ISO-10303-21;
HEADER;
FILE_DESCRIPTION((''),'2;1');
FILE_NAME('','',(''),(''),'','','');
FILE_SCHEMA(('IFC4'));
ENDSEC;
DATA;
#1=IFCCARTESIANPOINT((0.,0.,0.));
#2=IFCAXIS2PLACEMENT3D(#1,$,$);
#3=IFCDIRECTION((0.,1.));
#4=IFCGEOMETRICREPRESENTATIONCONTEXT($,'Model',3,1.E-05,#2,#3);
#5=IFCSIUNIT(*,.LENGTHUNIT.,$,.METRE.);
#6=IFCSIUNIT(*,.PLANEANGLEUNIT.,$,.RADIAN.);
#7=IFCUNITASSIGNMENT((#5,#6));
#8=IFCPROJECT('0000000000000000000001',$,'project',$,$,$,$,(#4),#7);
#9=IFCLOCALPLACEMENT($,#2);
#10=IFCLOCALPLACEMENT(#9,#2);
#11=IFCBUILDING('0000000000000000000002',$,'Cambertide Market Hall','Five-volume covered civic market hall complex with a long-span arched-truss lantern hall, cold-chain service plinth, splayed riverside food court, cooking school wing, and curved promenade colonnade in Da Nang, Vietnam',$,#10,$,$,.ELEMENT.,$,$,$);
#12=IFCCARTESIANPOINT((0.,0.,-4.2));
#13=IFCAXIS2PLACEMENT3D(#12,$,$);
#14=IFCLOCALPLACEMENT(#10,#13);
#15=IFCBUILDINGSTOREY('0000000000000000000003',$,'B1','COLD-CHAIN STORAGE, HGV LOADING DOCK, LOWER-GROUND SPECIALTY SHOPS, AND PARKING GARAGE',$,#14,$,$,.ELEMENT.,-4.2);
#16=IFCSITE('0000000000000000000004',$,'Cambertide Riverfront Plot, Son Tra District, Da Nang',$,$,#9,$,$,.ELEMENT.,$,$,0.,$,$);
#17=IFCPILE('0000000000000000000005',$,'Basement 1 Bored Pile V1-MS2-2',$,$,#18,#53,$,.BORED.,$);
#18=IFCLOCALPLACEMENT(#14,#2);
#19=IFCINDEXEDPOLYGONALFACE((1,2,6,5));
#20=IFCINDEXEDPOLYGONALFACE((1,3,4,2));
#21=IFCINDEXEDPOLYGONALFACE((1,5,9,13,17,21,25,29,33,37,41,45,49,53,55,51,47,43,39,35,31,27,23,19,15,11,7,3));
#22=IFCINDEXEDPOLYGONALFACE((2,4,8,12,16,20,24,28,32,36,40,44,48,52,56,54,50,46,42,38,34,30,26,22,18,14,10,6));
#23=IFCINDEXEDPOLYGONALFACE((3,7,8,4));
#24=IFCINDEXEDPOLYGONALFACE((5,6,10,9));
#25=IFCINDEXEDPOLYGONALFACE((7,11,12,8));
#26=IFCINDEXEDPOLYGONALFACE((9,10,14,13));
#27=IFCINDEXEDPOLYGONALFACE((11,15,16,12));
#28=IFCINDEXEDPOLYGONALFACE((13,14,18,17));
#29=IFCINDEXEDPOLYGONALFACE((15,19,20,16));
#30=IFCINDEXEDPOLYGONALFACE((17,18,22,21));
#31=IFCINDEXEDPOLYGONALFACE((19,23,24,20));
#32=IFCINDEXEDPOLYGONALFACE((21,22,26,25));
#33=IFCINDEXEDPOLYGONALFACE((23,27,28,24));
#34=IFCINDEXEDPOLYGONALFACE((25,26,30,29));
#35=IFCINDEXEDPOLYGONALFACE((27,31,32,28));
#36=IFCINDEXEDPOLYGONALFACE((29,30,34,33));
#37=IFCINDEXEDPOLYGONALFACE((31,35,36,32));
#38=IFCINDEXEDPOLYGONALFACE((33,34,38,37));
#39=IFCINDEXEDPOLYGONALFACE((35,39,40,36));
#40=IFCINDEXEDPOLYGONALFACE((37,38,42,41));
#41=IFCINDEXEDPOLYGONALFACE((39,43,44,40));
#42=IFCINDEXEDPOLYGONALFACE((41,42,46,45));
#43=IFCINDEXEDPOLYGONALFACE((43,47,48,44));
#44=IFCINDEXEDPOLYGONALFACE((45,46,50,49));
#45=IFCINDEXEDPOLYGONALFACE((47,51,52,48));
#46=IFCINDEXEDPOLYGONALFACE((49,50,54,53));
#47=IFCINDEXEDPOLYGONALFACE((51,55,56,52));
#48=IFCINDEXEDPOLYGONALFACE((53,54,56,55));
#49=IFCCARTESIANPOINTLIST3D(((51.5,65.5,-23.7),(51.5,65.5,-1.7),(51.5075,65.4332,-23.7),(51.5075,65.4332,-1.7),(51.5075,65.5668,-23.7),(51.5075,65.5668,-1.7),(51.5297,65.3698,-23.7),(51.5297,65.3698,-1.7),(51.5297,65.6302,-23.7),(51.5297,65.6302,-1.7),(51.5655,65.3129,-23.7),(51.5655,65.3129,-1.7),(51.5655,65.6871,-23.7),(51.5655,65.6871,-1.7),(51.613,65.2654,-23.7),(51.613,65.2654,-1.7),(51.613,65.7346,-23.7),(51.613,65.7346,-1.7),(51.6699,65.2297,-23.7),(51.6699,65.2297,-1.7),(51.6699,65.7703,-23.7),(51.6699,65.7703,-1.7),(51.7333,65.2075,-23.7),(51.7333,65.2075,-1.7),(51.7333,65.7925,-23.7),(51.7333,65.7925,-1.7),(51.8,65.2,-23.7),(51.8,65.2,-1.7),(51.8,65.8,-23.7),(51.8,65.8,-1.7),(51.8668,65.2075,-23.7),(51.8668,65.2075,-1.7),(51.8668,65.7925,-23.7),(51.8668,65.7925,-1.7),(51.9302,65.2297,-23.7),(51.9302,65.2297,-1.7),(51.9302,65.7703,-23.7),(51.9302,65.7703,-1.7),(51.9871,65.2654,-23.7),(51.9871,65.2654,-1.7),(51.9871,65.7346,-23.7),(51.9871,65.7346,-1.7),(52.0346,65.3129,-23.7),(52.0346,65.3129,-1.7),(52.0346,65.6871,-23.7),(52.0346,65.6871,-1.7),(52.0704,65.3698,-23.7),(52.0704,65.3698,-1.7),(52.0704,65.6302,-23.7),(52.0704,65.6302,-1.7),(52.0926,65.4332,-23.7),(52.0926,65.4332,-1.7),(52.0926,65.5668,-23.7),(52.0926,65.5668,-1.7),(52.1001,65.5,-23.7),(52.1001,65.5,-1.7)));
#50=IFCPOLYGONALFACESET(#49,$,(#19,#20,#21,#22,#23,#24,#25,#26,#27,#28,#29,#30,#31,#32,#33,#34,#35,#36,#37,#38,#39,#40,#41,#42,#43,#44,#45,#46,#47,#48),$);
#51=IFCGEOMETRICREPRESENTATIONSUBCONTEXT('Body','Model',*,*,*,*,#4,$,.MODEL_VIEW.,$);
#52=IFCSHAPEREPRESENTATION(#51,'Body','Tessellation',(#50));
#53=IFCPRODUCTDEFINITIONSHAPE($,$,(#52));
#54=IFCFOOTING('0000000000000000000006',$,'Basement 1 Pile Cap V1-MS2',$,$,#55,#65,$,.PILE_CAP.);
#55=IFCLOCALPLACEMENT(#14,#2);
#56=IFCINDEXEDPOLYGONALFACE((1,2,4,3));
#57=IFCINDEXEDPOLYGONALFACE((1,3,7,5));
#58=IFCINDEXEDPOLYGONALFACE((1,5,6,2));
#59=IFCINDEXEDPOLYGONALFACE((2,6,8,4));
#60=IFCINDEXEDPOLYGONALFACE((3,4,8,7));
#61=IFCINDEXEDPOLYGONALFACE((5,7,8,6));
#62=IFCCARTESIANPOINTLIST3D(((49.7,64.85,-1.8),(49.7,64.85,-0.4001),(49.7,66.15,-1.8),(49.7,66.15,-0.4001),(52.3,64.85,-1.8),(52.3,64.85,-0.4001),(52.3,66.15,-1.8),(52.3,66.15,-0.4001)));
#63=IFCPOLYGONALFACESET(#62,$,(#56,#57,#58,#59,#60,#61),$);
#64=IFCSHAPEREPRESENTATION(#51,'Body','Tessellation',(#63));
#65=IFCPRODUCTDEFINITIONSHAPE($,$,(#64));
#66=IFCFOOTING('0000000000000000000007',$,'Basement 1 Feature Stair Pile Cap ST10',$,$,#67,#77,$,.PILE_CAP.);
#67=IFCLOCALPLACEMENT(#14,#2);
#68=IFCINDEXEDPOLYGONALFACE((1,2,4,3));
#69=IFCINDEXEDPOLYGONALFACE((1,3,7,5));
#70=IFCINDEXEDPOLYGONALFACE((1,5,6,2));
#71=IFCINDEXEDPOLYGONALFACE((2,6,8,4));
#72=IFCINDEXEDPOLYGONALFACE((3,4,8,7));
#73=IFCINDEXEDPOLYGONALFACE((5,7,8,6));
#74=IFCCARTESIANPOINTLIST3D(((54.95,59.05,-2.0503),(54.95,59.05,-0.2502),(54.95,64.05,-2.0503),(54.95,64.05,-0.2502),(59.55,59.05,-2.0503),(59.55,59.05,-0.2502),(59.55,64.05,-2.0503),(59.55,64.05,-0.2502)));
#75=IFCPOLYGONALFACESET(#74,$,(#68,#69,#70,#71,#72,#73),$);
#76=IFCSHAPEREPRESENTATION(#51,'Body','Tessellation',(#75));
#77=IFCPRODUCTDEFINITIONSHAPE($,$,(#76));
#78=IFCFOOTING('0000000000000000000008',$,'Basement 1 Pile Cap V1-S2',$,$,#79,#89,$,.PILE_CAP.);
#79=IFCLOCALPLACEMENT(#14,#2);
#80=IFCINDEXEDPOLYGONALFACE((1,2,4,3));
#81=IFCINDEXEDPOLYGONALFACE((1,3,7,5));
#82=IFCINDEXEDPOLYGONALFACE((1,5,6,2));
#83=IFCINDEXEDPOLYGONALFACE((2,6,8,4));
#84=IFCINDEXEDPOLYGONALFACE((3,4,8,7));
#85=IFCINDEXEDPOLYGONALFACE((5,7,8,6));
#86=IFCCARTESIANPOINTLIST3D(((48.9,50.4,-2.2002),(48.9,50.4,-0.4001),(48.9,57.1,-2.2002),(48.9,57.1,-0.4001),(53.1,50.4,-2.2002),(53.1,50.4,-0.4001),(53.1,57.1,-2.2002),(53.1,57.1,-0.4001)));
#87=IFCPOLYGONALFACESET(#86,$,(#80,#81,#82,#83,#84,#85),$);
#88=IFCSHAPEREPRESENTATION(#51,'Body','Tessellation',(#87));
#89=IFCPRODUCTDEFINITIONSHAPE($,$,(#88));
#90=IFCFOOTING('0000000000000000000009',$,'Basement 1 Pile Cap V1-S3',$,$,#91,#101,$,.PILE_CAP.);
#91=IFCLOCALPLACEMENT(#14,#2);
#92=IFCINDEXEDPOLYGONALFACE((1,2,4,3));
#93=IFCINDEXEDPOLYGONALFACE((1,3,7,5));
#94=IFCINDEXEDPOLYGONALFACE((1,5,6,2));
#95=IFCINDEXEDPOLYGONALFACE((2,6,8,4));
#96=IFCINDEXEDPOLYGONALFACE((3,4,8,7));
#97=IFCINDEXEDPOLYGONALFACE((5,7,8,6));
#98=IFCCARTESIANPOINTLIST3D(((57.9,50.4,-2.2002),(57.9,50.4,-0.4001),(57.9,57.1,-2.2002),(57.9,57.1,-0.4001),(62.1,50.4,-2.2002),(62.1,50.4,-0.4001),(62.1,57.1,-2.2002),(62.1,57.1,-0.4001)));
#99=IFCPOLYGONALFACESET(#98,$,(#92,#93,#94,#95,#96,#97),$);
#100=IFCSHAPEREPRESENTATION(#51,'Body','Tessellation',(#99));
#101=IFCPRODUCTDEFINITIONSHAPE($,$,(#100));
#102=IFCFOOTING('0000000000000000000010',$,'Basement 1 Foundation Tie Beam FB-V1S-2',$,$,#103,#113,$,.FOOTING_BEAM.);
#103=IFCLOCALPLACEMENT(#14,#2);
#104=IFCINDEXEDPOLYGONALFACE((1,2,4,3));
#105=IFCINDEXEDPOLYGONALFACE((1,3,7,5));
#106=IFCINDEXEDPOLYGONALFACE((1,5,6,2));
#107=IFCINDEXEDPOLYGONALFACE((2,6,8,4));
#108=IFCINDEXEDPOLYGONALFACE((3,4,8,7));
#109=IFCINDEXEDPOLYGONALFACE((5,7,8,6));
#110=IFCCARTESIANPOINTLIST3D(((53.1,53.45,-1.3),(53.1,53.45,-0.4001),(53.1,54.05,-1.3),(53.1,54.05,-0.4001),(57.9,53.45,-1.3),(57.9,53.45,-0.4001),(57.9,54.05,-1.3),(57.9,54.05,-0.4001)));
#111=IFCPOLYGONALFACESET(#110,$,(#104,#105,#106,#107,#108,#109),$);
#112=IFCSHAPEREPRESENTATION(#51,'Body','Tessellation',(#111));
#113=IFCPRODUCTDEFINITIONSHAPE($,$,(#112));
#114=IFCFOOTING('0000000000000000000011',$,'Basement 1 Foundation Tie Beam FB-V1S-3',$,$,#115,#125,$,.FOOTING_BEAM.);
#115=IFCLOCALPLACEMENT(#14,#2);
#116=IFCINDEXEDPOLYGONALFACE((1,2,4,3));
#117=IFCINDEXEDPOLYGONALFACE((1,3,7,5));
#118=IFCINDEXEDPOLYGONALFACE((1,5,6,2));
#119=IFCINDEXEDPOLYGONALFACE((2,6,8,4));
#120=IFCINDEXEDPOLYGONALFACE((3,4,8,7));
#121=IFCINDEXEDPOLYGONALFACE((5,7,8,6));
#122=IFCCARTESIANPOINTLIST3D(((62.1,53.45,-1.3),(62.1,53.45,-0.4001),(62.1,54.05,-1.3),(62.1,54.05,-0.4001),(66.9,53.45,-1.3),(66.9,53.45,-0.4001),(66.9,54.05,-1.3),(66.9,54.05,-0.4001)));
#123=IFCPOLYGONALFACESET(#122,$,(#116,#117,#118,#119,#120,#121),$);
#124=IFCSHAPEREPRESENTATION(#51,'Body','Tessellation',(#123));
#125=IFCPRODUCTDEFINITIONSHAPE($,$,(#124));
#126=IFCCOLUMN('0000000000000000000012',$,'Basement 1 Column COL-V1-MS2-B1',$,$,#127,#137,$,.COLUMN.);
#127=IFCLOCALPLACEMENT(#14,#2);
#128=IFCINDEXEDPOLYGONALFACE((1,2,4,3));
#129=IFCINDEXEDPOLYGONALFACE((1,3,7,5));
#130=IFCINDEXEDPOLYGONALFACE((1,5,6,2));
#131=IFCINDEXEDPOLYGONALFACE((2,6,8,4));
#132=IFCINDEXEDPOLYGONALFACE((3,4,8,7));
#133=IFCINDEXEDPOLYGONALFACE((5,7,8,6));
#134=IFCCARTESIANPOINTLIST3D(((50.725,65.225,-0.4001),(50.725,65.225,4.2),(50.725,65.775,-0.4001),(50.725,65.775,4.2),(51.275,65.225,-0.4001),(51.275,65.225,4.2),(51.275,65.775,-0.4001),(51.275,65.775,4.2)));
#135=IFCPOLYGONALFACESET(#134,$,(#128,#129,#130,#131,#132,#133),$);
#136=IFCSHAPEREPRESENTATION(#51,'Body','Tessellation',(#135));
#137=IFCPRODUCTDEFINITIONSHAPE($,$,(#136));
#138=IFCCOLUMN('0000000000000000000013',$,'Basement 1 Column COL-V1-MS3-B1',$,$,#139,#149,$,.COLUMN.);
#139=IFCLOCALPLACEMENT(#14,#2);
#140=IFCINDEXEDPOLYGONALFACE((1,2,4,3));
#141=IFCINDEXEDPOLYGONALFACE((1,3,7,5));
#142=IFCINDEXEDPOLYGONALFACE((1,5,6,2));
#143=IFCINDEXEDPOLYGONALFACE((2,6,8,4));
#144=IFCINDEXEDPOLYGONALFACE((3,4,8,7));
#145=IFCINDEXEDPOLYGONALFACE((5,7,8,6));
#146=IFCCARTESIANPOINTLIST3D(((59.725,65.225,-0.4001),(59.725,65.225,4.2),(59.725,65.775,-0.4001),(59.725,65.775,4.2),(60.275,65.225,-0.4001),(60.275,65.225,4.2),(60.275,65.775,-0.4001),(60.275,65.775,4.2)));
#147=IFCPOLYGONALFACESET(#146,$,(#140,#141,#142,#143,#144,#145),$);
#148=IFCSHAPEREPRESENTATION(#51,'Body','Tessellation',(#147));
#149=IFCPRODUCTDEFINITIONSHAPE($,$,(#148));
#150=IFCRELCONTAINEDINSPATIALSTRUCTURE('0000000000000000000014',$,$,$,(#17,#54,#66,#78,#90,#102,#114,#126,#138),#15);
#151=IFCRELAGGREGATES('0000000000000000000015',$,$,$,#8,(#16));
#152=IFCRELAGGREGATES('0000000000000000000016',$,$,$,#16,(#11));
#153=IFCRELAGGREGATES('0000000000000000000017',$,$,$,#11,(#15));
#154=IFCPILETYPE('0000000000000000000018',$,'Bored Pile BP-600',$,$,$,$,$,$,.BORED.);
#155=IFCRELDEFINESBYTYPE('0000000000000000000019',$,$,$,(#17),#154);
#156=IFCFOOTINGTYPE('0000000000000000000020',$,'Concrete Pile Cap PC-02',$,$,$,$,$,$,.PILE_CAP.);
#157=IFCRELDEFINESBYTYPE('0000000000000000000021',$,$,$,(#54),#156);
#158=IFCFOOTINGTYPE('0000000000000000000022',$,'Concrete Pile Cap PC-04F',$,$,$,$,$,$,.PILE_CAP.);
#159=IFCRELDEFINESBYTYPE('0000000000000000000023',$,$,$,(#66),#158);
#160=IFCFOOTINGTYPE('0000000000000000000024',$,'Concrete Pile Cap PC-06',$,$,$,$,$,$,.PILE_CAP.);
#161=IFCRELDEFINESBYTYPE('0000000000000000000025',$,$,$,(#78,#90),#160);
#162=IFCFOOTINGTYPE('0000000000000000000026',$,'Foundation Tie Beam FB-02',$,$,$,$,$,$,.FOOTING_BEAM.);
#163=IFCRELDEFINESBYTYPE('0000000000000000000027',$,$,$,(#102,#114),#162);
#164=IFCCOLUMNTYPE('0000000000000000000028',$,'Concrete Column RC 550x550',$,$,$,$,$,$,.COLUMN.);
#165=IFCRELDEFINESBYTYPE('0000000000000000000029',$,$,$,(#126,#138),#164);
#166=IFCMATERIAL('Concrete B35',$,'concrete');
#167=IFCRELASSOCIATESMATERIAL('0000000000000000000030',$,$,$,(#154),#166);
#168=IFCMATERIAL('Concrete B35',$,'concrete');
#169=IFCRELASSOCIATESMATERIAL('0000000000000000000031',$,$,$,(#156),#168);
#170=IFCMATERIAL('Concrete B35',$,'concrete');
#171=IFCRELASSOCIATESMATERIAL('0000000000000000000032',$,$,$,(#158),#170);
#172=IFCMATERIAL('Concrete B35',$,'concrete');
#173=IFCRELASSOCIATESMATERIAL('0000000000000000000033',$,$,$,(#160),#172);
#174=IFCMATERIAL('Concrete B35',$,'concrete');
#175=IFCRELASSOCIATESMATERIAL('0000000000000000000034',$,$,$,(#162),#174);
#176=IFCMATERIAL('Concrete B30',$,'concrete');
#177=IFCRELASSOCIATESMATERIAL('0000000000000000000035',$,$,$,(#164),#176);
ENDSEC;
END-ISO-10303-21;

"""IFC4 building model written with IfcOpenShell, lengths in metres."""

from ifc_helpers import new_model, si_unit, direction, frame, origin, origin_2d, place, context, subcontext, project, spatial, rectangle, circle, extrude, material, material_profile, profile_set, type_object, element, save


model = new_model("IFC4")

# Units and contexts
model_context = context("Model", 3, precision=1e-05, world=origin(), true_north=direction((0.0, 1.0)))
body_context = subcontext(model_context, "Body", "Model", "MODEL_VIEW")
ifc_project = project(units=[si_unit("LENGTHUNIT", "METRE"), si_unit("PLANEANGLEUNIT", "RADIAN")], contexts=[model_context])

# Site, building, storey
site_placement = place(None, origin())
site = spatial("IfcSite", under=ifc_project, at=site_placement, Name="Cambertide Riverfront Plot, Son Tra District, Da Nang", CompositionType="ELEMENT", RefElevation=0.0)
building_placement = place(site_placement, origin())
building = spatial("IfcBuilding", under=site, at=building_placement, Name="Cambertide Market Hall", Description="Five-volume covered civic market hall complex with a long-span arched-truss lantern hall, cold-chain service plinth, splayed riverside food court, cooking school wing, and curved promenade colonnade in Da Nang, Vietnam", CompositionType="ELEMENT")
storey_placement = place(building_placement, frame((0.0, 0.0, -4.2)))
storey = spatial("IfcBuildingStorey", under=building, at=storey_placement, Name="B1", Description="COLD-CHAIN STORAGE, HGV LOADING DOCK, LOWER-GROUND SPECIALTY SHOPS, AND PARKING GARAGE", CompositionType="ELEMENT", Elevation=-4.2)

# Pile
ifc_material_1 = material(Name="Concrete B35", Category="concrete")
ifc_material_profile_1 = material_profile(ifc_material_1, circle(Radius=0.3, at=origin_2d()), Name="BP D600")
ifc_profile_set_1 = profile_set([ifc_material_profile_1], Name="Concrete B35")
pile_type_1 = type_object("IfcPileType", Name="Bored Pile BP-600", PredefinedType="BORED", material=ifc_profile_set_1)
for number, where, z_axis, x_axis, name in (
    (1, (51.8, 65.5, -1.7), (0.0, 0.0, -1.0), (1.0, 0.0, 0.0), "Basement 1 Bored Pile V1-MS2-2"),
):
    element("IfcPile", number, at=place(storey_placement, frame(where, z_axis=z_axis, x_axis=x_axis)), inside=storey, type_object=pile_type_1, Name=name, PredefinedType="BORED", context=body_context, shape_type="SweptSolid", body=[
        extrude(circle(Radius=0.3, at=origin_2d()), origin(), (0.0, 0.0, 1.0), 22.0),
    ])

# Footings
ifc_material_2 = material(Name="Concrete B35", Category="concrete")
footing_type_1 = type_object("IfcFootingType", Name="Concrete Pile Cap PC-02", PredefinedType="PILE_CAP", material=ifc_material_2)
footing_1_placement = place(storey_placement, frame((51.0, 65.5, -1.8), z_axis=(0.0, 0.0, 1.0), x_axis=(1.0, 0.0, 0.0)))
element("IfcFooting", 2, at=footing_1_placement, inside=storey, type_object=footing_type_1, Name="Basement 1 Pile Cap V1-MS2", PredefinedType="PILE_CAP", context=body_context, shape_type="SweptSolid", body=[
    extrude(rectangle(XDim=2.6001, YDim=1.3, at=origin_2d()), origin(), (0.0, 0.0, 1.0), 1.3999),
])
ifc_material_3 = material(Name="Concrete B35", Category="concrete")
footing_type_2 = type_object("IfcFootingType", Name="Concrete Pile Cap PC-04F", PredefinedType="PILE_CAP", material=ifc_material_3)
footing_2_placement = place(storey_placement, frame((57.25, 61.55, -2.0503), z_axis=(0.0, 0.0, 1.0), x_axis=(1.0, 0.0, 0.0)))
element("IfcFooting", 3, at=footing_2_placement, inside=storey, type_object=footing_type_2, Name="Basement 1 Feature Stair Pile Cap ST10", PredefinedType="PILE_CAP", context=body_context, shape_type="SweptSolid", body=[
    extrude(rectangle(XDim=4.6001, YDim=5.0, at=origin_2d()), origin(), (0.0, 0.0, 1.0), 1.8),
])
ifc_material_4 = material(Name="Concrete B35", Category="concrete")
footing_type_3 = type_object("IfcFootingType", Name="Concrete Pile Cap PC-06", PredefinedType="PILE_CAP", material=ifc_material_4)
for number, where, z_axis, x_axis, name in (
    (4, (51.0, 53.75, -2.2002), (0.0, 0.0, 1.0), (1.0, 0.0, 0.0), "Basement 1 Pile Cap V1-S2"),
    (5, (60.0, 53.75, -2.2002), (0.0, 0.0, 1.0), (1.0, 0.0, 0.0), "Basement 1 Pile Cap V1-S3"),
):
    element("IfcFooting", number, at=place(storey_placement, frame(where, z_axis=z_axis, x_axis=x_axis)), inside=storey, type_object=footing_type_3, Name=name, PredefinedType="PILE_CAP", context=body_context, shape_type="SweptSolid", body=[
        extrude(rectangle(XDim=4.2, YDim=6.7, at=origin_2d()), origin(), (0.0, 0.0, 1.0), 1.8),
    ])
ifc_material_5 = material(Name="Concrete B35", Category="concrete")
footing_type_4 = type_object("IfcFootingType", Name="Foundation Tie Beam FB-02", PredefinedType="FOOTING_BEAM", material=ifc_material_5)
for number, where, z_axis, x_axis, name in (
    (6, (55.5, 53.75, -1.3), (0.0, 0.0, 1.0), (1.0, 0.0, 0.0), "Basement 1 Foundation Tie Beam FB-V1S-2"),
    (7, (64.5, 53.75, -1.3), (0.0, 0.0, 1.0), (1.0, 0.0, 0.0), "Basement 1 Foundation Tie Beam FB-V1S-3"),
):
    element("IfcFooting", number, at=place(storey_placement, frame(where, z_axis=z_axis, x_axis=x_axis)), inside=storey, type_object=footing_type_4, Name=name, PredefinedType="FOOTING_BEAM", context=body_context, shape_type="SweptSolid", body=[
        extrude(rectangle(XDim=4.8, YDim=0.6001, at=origin_2d()), origin(), (0.0, 0.0, 1.0), 0.8999),
    ])

# Columns
ifc_material_6 = material(Name="Concrete B30", Category="concrete")
ifc_material_profile_2 = material_profile(ifc_material_6, rectangle(XDim=0.55, YDim=0.55, at=origin_2d()), Name="RC 550x550")
ifc_profile_set_2 = profile_set([ifc_material_profile_2], Name="Concrete B30")
column_type_1 = type_object("IfcColumnType", Name="Concrete Column RC 550x550", PredefinedType="COLUMN", material=ifc_profile_set_2)
for number, where, z_axis, x_axis, name in (
    (8, (51.0, 65.5, -0.4001), (0.0, 0.0, 1.0), (1.0, 0.0, 0.0), "Basement 1 Column COL-V1-MS2-B1"),
    (9, (60.0, 65.5, -0.4001), (0.0, 0.0, 1.0), (1.0, 0.0, 0.0), "Basement 1 Column COL-V1-MS3-B1"),
):
    element("IfcColumn", number, at=place(storey_placement, frame(where, z_axis=z_axis, x_axis=x_axis)), inside=storey, type_object=column_type_1, Name=name, PredefinedType="COLUMN", context=body_context, shape_type="SweptSolid", body=[
        extrude(rectangle(XDim=0.55, YDim=0.55, at=origin_2d()), origin(), (0.0, 0.0, 1.0), 4.6001),
    ])

save(model, "model.ifc")
